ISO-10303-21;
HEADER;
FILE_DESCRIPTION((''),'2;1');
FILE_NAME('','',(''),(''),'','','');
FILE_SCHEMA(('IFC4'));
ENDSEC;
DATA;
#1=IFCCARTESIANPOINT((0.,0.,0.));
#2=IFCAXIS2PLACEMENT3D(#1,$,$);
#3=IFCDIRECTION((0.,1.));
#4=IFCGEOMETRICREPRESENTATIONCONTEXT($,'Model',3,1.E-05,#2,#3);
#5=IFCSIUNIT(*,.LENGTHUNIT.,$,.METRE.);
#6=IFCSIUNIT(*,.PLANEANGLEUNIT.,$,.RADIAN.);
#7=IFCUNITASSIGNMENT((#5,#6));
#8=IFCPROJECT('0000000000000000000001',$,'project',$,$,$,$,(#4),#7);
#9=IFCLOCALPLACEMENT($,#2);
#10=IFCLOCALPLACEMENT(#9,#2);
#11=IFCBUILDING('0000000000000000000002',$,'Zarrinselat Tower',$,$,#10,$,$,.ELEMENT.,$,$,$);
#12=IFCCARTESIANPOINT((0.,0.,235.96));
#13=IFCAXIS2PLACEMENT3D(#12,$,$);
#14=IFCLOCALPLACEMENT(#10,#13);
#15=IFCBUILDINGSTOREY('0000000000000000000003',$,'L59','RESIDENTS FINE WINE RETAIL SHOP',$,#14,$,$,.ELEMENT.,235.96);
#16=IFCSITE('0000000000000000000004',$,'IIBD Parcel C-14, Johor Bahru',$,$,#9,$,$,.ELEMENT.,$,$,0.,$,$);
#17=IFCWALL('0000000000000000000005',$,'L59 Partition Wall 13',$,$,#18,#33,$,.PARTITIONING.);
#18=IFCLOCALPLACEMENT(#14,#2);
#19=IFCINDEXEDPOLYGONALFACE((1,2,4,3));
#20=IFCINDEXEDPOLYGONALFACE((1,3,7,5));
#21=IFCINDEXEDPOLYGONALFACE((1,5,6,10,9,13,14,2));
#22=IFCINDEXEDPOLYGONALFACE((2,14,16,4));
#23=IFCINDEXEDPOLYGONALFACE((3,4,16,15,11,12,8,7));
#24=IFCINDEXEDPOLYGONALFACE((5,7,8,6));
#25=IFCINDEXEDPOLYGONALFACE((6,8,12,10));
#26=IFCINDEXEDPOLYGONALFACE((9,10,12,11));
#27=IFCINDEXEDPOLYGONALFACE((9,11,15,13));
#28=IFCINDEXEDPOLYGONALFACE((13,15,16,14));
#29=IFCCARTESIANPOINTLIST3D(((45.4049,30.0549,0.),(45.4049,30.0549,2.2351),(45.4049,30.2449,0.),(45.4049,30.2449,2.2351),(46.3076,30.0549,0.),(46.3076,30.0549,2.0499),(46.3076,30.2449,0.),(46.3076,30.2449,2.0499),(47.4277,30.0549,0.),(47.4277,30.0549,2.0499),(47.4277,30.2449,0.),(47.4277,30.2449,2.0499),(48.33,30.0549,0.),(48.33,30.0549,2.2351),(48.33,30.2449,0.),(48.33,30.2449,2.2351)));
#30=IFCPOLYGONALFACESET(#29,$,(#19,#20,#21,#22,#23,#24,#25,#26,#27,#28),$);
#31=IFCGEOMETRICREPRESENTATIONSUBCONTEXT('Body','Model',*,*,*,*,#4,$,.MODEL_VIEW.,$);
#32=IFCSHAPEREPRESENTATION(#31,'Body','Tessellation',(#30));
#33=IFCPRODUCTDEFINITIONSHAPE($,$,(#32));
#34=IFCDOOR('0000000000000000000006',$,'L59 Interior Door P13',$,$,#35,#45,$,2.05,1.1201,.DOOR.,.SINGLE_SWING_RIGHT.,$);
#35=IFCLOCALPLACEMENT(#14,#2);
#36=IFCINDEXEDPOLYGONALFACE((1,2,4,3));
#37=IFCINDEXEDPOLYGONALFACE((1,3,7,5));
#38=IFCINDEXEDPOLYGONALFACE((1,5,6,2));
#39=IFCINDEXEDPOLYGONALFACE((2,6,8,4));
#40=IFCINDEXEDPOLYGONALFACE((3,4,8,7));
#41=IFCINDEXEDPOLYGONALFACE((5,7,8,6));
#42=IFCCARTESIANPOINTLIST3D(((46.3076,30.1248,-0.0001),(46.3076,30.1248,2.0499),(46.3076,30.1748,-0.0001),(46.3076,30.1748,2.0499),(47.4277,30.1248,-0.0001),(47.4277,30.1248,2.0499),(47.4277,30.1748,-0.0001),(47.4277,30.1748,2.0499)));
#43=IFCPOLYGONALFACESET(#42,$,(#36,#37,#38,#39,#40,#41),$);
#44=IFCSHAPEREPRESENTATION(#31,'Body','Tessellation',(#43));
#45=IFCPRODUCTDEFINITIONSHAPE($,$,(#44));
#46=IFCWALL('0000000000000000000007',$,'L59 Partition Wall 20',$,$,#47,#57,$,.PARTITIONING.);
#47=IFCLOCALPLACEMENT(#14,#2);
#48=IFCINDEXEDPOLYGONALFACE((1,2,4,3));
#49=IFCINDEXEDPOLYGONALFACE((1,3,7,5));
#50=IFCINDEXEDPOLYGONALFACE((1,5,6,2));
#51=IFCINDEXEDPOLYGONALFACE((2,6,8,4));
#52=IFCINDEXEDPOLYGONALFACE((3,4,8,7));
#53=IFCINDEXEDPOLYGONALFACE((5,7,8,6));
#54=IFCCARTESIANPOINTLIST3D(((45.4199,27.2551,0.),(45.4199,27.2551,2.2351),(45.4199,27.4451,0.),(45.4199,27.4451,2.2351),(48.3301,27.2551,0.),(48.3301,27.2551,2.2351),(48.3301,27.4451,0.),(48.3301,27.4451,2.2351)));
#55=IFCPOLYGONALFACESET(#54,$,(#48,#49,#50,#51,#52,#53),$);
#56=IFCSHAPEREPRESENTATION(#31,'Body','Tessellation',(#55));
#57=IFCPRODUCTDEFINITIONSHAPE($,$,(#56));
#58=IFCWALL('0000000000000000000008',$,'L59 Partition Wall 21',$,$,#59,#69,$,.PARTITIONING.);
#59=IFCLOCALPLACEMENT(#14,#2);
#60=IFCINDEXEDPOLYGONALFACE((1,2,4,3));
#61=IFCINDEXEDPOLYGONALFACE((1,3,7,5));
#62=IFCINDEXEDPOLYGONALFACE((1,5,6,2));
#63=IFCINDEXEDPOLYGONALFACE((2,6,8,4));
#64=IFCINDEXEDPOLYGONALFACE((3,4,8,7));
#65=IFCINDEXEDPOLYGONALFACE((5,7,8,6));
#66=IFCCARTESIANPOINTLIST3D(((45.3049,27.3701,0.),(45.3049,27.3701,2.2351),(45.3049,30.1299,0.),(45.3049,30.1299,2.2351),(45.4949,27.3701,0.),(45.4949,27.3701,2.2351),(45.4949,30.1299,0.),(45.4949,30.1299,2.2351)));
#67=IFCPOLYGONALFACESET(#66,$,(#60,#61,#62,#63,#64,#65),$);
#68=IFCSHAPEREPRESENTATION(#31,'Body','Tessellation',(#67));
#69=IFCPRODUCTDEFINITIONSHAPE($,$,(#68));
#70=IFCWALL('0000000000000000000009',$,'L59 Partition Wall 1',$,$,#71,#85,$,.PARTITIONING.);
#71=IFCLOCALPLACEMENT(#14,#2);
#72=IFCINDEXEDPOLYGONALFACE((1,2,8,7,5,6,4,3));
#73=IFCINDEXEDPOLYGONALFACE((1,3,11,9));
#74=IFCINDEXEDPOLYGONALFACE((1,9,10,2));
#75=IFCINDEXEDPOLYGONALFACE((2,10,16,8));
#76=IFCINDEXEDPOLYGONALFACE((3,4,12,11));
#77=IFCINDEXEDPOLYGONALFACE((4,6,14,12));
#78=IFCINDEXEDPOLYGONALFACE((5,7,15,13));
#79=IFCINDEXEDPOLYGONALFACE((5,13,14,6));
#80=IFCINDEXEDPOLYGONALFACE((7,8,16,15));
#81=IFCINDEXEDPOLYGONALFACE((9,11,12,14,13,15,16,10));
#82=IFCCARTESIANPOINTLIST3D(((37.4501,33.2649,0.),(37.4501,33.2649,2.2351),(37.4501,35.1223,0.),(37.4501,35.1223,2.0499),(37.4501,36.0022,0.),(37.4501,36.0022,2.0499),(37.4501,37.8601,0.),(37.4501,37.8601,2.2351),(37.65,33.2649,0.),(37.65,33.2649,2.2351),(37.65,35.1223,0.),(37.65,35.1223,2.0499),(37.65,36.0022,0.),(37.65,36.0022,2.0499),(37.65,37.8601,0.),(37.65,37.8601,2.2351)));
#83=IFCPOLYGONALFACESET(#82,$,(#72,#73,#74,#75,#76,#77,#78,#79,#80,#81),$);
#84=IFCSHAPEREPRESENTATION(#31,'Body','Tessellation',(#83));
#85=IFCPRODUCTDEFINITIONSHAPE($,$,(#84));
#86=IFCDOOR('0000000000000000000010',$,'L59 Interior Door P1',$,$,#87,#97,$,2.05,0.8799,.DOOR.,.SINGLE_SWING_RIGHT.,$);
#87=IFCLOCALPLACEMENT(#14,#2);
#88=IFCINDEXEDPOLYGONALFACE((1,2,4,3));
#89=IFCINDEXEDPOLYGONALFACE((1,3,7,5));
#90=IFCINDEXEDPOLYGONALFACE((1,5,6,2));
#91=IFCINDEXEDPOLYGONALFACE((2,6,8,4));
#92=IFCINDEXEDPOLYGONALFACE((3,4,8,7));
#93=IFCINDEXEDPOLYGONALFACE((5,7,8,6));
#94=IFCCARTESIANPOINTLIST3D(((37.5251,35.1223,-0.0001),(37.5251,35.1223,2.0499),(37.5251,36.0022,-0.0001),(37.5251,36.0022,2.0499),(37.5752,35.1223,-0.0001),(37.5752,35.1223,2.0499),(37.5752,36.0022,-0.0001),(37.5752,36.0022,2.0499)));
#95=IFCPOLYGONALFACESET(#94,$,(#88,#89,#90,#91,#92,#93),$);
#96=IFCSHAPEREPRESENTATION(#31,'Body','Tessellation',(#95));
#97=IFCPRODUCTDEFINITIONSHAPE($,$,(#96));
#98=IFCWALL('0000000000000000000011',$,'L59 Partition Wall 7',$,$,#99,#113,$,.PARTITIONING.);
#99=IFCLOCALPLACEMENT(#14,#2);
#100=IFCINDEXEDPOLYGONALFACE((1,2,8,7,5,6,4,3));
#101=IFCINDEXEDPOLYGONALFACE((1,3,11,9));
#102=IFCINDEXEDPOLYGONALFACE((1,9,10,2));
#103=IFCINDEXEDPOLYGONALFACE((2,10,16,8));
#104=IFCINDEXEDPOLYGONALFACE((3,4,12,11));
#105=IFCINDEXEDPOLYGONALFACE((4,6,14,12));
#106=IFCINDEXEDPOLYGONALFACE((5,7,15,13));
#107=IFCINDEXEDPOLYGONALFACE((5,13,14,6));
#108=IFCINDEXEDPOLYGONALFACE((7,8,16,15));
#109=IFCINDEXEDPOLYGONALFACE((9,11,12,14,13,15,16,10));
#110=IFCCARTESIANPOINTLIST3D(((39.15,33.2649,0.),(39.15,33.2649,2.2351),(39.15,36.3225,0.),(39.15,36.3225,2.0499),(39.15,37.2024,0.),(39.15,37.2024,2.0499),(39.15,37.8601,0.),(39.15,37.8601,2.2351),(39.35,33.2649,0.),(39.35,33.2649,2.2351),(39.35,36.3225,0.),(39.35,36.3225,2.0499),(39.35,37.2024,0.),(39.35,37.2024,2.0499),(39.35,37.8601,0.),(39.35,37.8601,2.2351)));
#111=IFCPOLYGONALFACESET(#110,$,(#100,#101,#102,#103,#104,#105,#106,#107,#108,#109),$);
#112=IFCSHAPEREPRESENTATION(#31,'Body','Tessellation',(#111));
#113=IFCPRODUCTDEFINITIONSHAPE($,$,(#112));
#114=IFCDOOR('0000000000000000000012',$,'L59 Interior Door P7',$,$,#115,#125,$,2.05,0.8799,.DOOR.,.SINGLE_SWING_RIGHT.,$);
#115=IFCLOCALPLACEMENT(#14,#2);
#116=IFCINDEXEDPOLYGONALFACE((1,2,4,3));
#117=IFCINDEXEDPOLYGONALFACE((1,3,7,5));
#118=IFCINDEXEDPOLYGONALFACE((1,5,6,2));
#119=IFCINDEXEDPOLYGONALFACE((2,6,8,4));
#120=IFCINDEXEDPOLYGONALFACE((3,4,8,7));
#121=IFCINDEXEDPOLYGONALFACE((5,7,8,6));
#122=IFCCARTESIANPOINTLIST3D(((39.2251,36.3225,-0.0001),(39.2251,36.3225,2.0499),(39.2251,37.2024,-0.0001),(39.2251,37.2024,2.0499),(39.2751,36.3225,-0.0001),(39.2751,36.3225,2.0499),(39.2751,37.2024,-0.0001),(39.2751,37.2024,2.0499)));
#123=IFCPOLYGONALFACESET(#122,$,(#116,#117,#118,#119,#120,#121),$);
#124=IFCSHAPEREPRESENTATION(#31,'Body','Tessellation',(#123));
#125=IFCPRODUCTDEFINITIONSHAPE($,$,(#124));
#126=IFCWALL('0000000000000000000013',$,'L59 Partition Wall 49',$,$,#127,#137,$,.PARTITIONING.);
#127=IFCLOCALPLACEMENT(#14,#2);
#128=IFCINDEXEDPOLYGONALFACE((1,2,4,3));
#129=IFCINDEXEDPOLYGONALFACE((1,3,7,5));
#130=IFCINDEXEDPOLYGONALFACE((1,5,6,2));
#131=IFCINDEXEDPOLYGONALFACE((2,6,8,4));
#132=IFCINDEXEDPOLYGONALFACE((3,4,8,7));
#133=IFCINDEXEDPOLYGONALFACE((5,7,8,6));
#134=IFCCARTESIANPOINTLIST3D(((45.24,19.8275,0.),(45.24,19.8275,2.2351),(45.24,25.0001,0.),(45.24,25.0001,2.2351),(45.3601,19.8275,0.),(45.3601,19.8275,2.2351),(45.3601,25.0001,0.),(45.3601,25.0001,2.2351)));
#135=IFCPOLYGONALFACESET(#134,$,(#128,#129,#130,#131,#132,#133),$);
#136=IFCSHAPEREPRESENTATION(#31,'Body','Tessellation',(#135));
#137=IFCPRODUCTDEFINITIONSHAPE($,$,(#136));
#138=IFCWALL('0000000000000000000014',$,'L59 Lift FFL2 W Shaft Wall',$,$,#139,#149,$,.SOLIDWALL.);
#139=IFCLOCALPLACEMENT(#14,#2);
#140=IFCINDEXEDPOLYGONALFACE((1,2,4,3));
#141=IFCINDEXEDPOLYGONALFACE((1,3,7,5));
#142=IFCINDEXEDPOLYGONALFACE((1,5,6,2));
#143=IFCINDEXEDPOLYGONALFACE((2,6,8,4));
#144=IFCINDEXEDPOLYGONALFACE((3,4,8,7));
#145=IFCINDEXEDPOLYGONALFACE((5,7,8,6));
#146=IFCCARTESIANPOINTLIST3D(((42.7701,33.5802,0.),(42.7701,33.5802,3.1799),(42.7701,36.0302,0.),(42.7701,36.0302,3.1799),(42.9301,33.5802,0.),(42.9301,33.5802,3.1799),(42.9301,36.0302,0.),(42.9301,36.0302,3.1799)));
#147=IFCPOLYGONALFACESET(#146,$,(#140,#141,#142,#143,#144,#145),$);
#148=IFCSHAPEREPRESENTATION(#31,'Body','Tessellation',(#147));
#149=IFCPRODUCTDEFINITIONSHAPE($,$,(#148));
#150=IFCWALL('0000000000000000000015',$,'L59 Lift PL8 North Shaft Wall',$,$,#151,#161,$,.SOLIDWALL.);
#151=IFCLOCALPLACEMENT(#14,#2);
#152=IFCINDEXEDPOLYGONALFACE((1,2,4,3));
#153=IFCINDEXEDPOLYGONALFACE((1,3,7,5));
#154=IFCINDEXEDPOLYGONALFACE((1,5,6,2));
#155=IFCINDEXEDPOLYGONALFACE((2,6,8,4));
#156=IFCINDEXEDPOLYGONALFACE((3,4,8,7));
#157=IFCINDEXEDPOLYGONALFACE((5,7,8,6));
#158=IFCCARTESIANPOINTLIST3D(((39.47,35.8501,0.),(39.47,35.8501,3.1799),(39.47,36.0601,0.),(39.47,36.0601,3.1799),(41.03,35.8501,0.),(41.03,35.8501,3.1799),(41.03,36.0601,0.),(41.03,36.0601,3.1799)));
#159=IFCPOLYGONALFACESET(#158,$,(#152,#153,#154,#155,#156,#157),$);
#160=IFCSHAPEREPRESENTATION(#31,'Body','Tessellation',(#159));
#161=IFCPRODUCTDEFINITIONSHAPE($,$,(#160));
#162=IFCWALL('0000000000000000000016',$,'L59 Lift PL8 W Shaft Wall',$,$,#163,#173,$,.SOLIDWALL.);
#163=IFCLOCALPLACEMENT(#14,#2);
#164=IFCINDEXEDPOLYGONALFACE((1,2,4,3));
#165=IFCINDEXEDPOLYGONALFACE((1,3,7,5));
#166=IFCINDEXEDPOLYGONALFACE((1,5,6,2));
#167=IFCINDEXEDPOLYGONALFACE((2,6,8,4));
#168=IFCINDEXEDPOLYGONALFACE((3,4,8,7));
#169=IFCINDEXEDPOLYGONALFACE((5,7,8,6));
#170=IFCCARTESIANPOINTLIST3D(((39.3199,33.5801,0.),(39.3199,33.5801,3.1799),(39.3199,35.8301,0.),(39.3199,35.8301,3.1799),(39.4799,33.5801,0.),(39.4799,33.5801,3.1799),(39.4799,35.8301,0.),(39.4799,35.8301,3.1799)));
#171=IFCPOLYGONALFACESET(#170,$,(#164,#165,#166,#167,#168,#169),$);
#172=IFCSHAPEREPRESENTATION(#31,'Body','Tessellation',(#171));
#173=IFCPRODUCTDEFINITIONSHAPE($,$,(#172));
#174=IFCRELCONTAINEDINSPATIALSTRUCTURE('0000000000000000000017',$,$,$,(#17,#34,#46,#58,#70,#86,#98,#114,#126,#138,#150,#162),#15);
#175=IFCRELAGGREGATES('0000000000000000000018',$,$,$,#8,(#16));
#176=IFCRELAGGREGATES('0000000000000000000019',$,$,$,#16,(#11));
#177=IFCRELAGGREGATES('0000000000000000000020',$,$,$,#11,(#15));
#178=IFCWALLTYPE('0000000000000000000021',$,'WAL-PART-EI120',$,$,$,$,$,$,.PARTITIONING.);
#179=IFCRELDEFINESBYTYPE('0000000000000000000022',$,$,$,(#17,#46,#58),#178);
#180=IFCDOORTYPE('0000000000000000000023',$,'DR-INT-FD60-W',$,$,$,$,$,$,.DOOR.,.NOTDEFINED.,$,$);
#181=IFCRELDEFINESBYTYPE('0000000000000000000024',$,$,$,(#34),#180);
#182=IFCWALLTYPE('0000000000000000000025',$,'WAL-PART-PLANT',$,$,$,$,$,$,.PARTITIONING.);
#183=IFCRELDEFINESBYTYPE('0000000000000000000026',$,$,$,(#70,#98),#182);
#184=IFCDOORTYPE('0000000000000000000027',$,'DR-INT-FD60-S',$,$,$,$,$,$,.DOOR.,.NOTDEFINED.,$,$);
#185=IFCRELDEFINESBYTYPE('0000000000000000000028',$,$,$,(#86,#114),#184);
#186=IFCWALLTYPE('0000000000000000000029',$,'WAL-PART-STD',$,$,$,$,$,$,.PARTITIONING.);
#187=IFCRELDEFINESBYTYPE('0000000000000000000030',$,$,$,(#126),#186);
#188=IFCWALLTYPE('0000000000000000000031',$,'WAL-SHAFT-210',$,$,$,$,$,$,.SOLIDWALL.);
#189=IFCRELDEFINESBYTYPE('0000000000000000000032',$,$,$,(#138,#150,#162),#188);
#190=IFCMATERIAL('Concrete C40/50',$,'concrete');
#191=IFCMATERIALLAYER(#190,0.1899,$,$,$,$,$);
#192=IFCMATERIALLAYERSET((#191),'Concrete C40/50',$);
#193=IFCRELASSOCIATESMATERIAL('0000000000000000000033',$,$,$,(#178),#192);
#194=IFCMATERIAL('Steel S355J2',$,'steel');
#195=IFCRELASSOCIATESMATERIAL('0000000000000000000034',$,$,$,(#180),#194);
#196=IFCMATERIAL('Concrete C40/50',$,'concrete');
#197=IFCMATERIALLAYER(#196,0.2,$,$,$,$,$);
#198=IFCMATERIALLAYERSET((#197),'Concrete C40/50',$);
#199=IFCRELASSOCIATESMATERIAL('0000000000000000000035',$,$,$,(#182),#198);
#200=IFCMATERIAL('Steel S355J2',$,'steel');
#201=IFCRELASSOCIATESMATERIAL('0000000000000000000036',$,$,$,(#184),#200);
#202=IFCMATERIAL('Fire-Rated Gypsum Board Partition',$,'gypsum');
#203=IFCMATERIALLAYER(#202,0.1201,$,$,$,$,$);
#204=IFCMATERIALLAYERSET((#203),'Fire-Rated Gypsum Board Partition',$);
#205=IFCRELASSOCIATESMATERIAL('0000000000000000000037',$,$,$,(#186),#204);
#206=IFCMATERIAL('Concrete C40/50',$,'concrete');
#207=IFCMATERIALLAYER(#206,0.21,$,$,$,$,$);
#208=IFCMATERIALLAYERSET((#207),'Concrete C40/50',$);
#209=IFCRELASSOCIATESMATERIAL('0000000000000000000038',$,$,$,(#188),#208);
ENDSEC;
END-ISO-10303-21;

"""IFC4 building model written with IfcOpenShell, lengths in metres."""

from ifc_helpers import new_model, si_unit, direction, frame, frame_2d, origin, place, context, subcontext, project, spatial, rectangle, extrude, material, layer, layer_set, type_object, element, fill, save


model = new_model("IFC4")

# Units and contexts
model_context = context("Model", 3, precision=1e-05, world=origin(), true_north=direction((0.0, 1.0)))
body_context = subcontext(model_context, "Body", "Model", "MODEL_VIEW")
ifc_project = project(units=[si_unit("LENGTHUNIT", "METRE"), si_unit("PLANEANGLEUNIT", "RADIAN")], contexts=[model_context])

# Site, building, storey
site_placement = place(None, origin())
site = spatial("IfcSite", under=ifc_project, at=site_placement, Name="IIBD Parcel C-14, Johor Bahru", CompositionType="ELEMENT", RefElevation=0.0)
building_placement = place(site_placement, origin())
building = spatial("IfcBuilding", under=site, at=building_placement, Name="Zarrinselat Tower", CompositionType="ELEMENT")
storey_placement = place(building_placement, frame((0.0, 0.0, 235.96)))
storey = spatial("IfcBuildingStorey", under=building, at=storey_placement, Name="L59", Description="RESIDENTS FINE WINE RETAIL SHOP", CompositionType="ELEMENT", Elevation=235.96)

# Wall, opening, door
ifc_material_1 = material(Name="Concrete C40/50", Category="concrete")
ifc_layer_1 = layer(ifc_material_1, 0.1899)
ifc_layer_set_1 = layer_set([ifc_layer_1], Name="Concrete C40/50")
wall_type_1 = type_object("IfcWallType", Name="WAL-PART-EI120", PredefinedType="PARTITIONING", material=ifc_layer_set_1)
wall_1_placement = place(storey_placement, frame((45.405, 30.1499, 0.0), z_axis=(0.0, 0.0, 1.0), x_axis=(1.0, 0.0, 0.0)))
wall_1 = element("IfcWall", 1, at=wall_1_placement, inside=storey, type_object=wall_type_1, Name="L59 Partition Wall 13", PredefinedType="PARTITIONING", context=body_context, shape_type="SweptSolid", body=[
    extrude(rectangle(XDim=2.925, YDim=0.1899, at=frame_2d((1.4624, 0.0))), origin(), (0.0, 0.0, 1.0), 2.2351),
])
opening_1_placement = place(wall_1_placement, frame((0.9026, 0.0, 0.0)))
opening_1 = element("IfcOpeningElement", 2, at=opening_1_placement, cuts=wall_1, PredefinedType="OPENING", context=body_context, shape_type="SweptSolid", body=[
    extrude(rectangle(XDim=1.1201, YDim=2.05, at=frame_2d((0.5601, 1.0249))), frame((0.0, 0.105, 0.0), z_axis=(0.0, -1.0, 0.0), x_axis=(1.0, 0.0, 0.0)), (0.0, 0.0, 1.0), 0.21),
])
ifc_material_2 = material(Name="Steel S355J2", Category="steel")
door_type_1 = type_object("IfcDoorType", Name="DR-INT-FD60-W", OperationType="NOTDEFINED", PredefinedType="DOOR", material=ifc_material_2)
door_1_placement = place(opening_1_placement, origin())
door_1 = element("IfcDoor", 3, at=door_1_placement, inside=storey, type_object=door_type_1, Name="L59 Interior Door P13", OperationType="SINGLE_SWING_RIGHT", OverallHeight=2.05, OverallWidth=1.1201, PredefinedType="DOOR", context=body_context, shape_type="SweptSolid", body=[
    extrude(rectangle(XDim=1.1201, YDim=2.05, at=frame_2d((0.5601, 1.0249))), frame((0.0, 0.0249, 0.0), z_axis=(0.0, -1.0, 0.0), x_axis=(1.0, 0.0, 0.0)), (0.0, 0.0, 1.0), 0.05),
])
fill(opening_1, door_1)

# Walls
wall_2_placement = place(storey_placement, frame((45.4199, 27.3501, 0.0), z_axis=(0.0, 0.0, 1.0), x_axis=(1.0, 0.0, 0.0)))
element("IfcWall", 4, at=wall_2_placement, inside=storey, type_object=wall_type_1, Name="L59 Partition Wall 20", PredefinedType="PARTITIONING", context=body_context, shape_type="SweptSolid", body=[
    extrude(rectangle(XDim=2.9102, YDim=0.1899, at=frame_2d((1.4551, 0.0))), origin(), (0.0, 0.0, 1.0), 2.2351),
])
wall_3_placement = place(storey_placement, frame((45.3999, 27.3701, 0.0), z_axis=(0.0, 0.0, 1.0), x_axis=(0.0, 1.0, 0.0)))
element("IfcWall", 5, at=wall_3_placement, inside=storey, type_object=wall_type_1, Name="L59 Partition Wall 21", PredefinedType="PARTITIONING", context=body_context, shape_type="SweptSolid", body=[
    extrude(rectangle(XDim=2.7598, YDim=0.1899, at=frame_2d((1.3799, 0.0))), origin(), (0.0, 0.0, 1.0), 2.2351),
])

# Walls, openings, doors
ifc_material_3 = material(Name="Concrete C40/50", Category="concrete")
ifc_layer_2 = layer(ifc_material_3, 0.2)
ifc_layer_set_2 = layer_set([ifc_layer_2], Name="Concrete C40/50")
wall_type_2 = type_object("IfcWallType", Name="WAL-PART-PLANT", PredefinedType="PARTITIONING", material=ifc_layer_set_2)
wall_4_placement = place(storey_placement, frame((37.55, 33.2649, 0.0), z_axis=(0.0, 0.0, 1.0), x_axis=(0.0, 1.0, 0.0)))
wall_4 = element("IfcWall", 6, at=wall_4_placement, inside=storey, type_object=wall_type_2, Name="L59 Partition Wall 1", PredefinedType="PARTITIONING", context=body_context, shape_type="SweptSolid", body=[
    extrude(rectangle(XDim=4.5952, YDim=0.2, at=frame_2d((2.2976, 0.0))), origin(), (0.0, 0.0, 1.0), 2.2351),
])
opening_2_placement = place(wall_4_placement, frame((1.8574, 0.0, 0.0)))
opening_2 = element("IfcOpeningElement", 7, at=opening_2_placement, cuts=wall_4, PredefinedType="OPENING", context=body_context, shape_type="SweptSolid", body=[
    extrude(rectangle(XDim=0.8799, YDim=2.05, at=frame_2d((0.4399, 1.0249))), frame((0.0, 0.1099, 0.0), z_axis=(0.0, -1.0, 0.0), x_axis=(1.0, 0.0, 0.0)), (0.0, 0.0, 1.0), 0.22),
])
ifc_material_4 = material(Name="Steel S355J2", Category="steel")
door_type_2 = type_object("IfcDoorType", Name="DR-INT-FD60-S", OperationType="NOTDEFINED", PredefinedType="DOOR", material=ifc_material_4)
door_2_placement = place(opening_2_placement, origin())
door_2 = element("IfcDoor", 8, at=door_2_placement, inside=storey, type_object=door_type_2, Name="L59 Interior Door P1", OperationType="SINGLE_SWING_RIGHT", OverallHeight=2.05, OverallWidth=0.8799, PredefinedType="DOOR", context=body_context, shape_type="SweptSolid", body=[
    extrude(rectangle(XDim=0.8799, YDim=2.05, at=frame_2d((0.4399, 1.0249))), frame((0.0, 0.0249, 0.0), z_axis=(0.0, -1.0, 0.0), x_axis=(1.0, 0.0, 0.0)), (0.0, 0.0, 1.0), 0.05),
])
fill(opening_2, door_2)
wall_5_placement = place(storey_placement, frame((39.25, 33.2649, 0.0), z_axis=(0.0, 0.0, 1.0), x_axis=(0.0, 1.0, 0.0)))
wall_5 = element("IfcWall", 9, at=wall_5_placement, inside=storey, type_object=wall_type_2, Name="L59 Partition Wall 7", PredefinedType="PARTITIONING", context=body_context, shape_type="SweptSolid", body=[
    extrude(rectangle(XDim=4.5952, YDim=0.2, at=frame_2d((2.2976, 0.0))), origin(), (0.0, 0.0, 1.0), 2.2351),
])
opening_3_placement = place(wall_5_placement, frame((3.0576, 0.0, 0.0)))
opening_3 = element("IfcOpeningElement", 10, at=opening_3_placement, cuts=wall_5, PredefinedType="OPENING", context=body_context, shape_type="SweptSolid", body=[
    extrude(rectangle(XDim=0.8799, YDim=2.05, at=frame_2d((0.4399, 1.0249))), frame((0.0, 0.1099, 0.0), z_axis=(0.0, -1.0, 0.0), x_axis=(1.0, 0.0, 0.0)), (0.0, 0.0, 1.0), 0.22),
])
door_3_placement = place(opening_3_placement, origin())
door_3 = element("IfcDoor", 11, at=door_3_placement, inside=storey, type_object=door_type_2, Name="L59 Interior Door P7", OperationType="SINGLE_SWING_RIGHT", OverallHeight=2.05, OverallWidth=0.8799, PredefinedType="DOOR", context=body_context, shape_type="SweptSolid", body=[
    extrude(rectangle(XDim=0.8799, YDim=2.05, at=frame_2d((0.4399, 1.0249))), frame((0.0, 0.0249, 0.0), z_axis=(0.0, -1.0, 0.0), x_axis=(1.0, 0.0, 0.0)), (0.0, 0.0, 1.0), 0.05),
])
fill(opening_3, door_3)

# Walls
ifc_material_5 = material(Name="Fire-Rated Gypsum Board Partition", Category="gypsum")
ifc_layer_3 = layer(ifc_material_5, 0.1201)
ifc_layer_set_3 = layer_set([ifc_layer_3], Name="Fire-Rated Gypsum Board Partition")
wall_type_3 = type_object("IfcWallType", Name="WAL-PART-STD", PredefinedType="PARTITIONING", material=ifc_layer_set_3)
wall_6_placement = place(storey_placement, frame((45.3, 19.8274, 0.0), z_axis=(0.0, 0.0, 1.0), x_axis=(0.0, 1.0, 0.0)))
element("IfcWall", 12, at=wall_6_placement, inside=storey, type_object=wall_type_3, Name="L59 Partition Wall 49", PredefinedType="PARTITIONING", context=body_context, shape_type="SweptSolid", body=[
    extrude(rectangle(XDim=5.1726, YDim=0.1201, at=frame_2d((2.5864, 0.0))), origin(), (0.0, 0.0, 1.0), 2.2351),
])
ifc_material_6 = material(Name="Concrete C40/50", Category="concrete")
ifc_layer_4 = layer(ifc_material_6, 0.21)
ifc_layer_set_4 = layer_set([ifc_layer_4], Name="Concrete C40/50")
wall_type_4 = type_object("IfcWallType", Name="WAL-SHAFT-210", PredefinedType="SOLIDWALL", material=ifc_layer_set_4)
wall_7_placement = place(storey_placement, frame((42.8501, 33.5801, 0.0), z_axis=(0.0, 0.0, 1.0), x_axis=(0.0, 1.0, 0.0)))
element("IfcWall", 13, at=wall_7_placement, inside=storey, type_object=wall_type_4, Name="L59 Lift FFL2 W Shaft Wall", PredefinedType="SOLIDWALL", context=body_context, shape_type="SweptSolid", body=[
    extrude(rectangle(XDim=2.45, YDim=0.1599, at=frame_2d((1.2251, 0.0))), origin(), (0.0, 0.0, 1.0), 3.1799),
])
wall_8_placement = place(storey_placement, frame((39.47, 35.9551, 0.0), z_axis=(0.0, 0.0, 1.0), x_axis=(1.0, 0.0, 0.0)))
element("IfcWall", 14, at=wall_8_placement, inside=storey, type_object=wall_type_4, Name="L59 Lift PL8 North Shaft Wall", PredefinedType="SOLIDWALL", context=body_context, shape_type="SweptSolid", body=[
    extrude(rectangle(XDim=1.5601, YDim=0.21, at=frame_2d((0.78, 0.0))), origin(), (0.0, 0.0, 1.0), 3.1799),
])
for number, where, z_axis, x_axis, name in (
    (15, (39.3999, 33.5801, 0.0), (0.0, 0.0, 1.0), (0.0, 1.0, 0.0), "L59 Lift PL8 W Shaft Wall"),
):
    element("IfcWall", number, at=place(storey_placement, frame(where, z_axis=z_axis, x_axis=x_axis)), inside=storey, type_object=wall_type_4, Name=name, PredefinedType="SOLIDWALL", context=body_context, shape_type="SweptSolid", body=[
        extrude(rectangle(XDim=2.25, YDim=0.1599, at=frame_2d((1.125, 0.0))), origin(), (0.0, 0.0, 1.0), 3.1799),
    ])

save(model, "model.ifc")
